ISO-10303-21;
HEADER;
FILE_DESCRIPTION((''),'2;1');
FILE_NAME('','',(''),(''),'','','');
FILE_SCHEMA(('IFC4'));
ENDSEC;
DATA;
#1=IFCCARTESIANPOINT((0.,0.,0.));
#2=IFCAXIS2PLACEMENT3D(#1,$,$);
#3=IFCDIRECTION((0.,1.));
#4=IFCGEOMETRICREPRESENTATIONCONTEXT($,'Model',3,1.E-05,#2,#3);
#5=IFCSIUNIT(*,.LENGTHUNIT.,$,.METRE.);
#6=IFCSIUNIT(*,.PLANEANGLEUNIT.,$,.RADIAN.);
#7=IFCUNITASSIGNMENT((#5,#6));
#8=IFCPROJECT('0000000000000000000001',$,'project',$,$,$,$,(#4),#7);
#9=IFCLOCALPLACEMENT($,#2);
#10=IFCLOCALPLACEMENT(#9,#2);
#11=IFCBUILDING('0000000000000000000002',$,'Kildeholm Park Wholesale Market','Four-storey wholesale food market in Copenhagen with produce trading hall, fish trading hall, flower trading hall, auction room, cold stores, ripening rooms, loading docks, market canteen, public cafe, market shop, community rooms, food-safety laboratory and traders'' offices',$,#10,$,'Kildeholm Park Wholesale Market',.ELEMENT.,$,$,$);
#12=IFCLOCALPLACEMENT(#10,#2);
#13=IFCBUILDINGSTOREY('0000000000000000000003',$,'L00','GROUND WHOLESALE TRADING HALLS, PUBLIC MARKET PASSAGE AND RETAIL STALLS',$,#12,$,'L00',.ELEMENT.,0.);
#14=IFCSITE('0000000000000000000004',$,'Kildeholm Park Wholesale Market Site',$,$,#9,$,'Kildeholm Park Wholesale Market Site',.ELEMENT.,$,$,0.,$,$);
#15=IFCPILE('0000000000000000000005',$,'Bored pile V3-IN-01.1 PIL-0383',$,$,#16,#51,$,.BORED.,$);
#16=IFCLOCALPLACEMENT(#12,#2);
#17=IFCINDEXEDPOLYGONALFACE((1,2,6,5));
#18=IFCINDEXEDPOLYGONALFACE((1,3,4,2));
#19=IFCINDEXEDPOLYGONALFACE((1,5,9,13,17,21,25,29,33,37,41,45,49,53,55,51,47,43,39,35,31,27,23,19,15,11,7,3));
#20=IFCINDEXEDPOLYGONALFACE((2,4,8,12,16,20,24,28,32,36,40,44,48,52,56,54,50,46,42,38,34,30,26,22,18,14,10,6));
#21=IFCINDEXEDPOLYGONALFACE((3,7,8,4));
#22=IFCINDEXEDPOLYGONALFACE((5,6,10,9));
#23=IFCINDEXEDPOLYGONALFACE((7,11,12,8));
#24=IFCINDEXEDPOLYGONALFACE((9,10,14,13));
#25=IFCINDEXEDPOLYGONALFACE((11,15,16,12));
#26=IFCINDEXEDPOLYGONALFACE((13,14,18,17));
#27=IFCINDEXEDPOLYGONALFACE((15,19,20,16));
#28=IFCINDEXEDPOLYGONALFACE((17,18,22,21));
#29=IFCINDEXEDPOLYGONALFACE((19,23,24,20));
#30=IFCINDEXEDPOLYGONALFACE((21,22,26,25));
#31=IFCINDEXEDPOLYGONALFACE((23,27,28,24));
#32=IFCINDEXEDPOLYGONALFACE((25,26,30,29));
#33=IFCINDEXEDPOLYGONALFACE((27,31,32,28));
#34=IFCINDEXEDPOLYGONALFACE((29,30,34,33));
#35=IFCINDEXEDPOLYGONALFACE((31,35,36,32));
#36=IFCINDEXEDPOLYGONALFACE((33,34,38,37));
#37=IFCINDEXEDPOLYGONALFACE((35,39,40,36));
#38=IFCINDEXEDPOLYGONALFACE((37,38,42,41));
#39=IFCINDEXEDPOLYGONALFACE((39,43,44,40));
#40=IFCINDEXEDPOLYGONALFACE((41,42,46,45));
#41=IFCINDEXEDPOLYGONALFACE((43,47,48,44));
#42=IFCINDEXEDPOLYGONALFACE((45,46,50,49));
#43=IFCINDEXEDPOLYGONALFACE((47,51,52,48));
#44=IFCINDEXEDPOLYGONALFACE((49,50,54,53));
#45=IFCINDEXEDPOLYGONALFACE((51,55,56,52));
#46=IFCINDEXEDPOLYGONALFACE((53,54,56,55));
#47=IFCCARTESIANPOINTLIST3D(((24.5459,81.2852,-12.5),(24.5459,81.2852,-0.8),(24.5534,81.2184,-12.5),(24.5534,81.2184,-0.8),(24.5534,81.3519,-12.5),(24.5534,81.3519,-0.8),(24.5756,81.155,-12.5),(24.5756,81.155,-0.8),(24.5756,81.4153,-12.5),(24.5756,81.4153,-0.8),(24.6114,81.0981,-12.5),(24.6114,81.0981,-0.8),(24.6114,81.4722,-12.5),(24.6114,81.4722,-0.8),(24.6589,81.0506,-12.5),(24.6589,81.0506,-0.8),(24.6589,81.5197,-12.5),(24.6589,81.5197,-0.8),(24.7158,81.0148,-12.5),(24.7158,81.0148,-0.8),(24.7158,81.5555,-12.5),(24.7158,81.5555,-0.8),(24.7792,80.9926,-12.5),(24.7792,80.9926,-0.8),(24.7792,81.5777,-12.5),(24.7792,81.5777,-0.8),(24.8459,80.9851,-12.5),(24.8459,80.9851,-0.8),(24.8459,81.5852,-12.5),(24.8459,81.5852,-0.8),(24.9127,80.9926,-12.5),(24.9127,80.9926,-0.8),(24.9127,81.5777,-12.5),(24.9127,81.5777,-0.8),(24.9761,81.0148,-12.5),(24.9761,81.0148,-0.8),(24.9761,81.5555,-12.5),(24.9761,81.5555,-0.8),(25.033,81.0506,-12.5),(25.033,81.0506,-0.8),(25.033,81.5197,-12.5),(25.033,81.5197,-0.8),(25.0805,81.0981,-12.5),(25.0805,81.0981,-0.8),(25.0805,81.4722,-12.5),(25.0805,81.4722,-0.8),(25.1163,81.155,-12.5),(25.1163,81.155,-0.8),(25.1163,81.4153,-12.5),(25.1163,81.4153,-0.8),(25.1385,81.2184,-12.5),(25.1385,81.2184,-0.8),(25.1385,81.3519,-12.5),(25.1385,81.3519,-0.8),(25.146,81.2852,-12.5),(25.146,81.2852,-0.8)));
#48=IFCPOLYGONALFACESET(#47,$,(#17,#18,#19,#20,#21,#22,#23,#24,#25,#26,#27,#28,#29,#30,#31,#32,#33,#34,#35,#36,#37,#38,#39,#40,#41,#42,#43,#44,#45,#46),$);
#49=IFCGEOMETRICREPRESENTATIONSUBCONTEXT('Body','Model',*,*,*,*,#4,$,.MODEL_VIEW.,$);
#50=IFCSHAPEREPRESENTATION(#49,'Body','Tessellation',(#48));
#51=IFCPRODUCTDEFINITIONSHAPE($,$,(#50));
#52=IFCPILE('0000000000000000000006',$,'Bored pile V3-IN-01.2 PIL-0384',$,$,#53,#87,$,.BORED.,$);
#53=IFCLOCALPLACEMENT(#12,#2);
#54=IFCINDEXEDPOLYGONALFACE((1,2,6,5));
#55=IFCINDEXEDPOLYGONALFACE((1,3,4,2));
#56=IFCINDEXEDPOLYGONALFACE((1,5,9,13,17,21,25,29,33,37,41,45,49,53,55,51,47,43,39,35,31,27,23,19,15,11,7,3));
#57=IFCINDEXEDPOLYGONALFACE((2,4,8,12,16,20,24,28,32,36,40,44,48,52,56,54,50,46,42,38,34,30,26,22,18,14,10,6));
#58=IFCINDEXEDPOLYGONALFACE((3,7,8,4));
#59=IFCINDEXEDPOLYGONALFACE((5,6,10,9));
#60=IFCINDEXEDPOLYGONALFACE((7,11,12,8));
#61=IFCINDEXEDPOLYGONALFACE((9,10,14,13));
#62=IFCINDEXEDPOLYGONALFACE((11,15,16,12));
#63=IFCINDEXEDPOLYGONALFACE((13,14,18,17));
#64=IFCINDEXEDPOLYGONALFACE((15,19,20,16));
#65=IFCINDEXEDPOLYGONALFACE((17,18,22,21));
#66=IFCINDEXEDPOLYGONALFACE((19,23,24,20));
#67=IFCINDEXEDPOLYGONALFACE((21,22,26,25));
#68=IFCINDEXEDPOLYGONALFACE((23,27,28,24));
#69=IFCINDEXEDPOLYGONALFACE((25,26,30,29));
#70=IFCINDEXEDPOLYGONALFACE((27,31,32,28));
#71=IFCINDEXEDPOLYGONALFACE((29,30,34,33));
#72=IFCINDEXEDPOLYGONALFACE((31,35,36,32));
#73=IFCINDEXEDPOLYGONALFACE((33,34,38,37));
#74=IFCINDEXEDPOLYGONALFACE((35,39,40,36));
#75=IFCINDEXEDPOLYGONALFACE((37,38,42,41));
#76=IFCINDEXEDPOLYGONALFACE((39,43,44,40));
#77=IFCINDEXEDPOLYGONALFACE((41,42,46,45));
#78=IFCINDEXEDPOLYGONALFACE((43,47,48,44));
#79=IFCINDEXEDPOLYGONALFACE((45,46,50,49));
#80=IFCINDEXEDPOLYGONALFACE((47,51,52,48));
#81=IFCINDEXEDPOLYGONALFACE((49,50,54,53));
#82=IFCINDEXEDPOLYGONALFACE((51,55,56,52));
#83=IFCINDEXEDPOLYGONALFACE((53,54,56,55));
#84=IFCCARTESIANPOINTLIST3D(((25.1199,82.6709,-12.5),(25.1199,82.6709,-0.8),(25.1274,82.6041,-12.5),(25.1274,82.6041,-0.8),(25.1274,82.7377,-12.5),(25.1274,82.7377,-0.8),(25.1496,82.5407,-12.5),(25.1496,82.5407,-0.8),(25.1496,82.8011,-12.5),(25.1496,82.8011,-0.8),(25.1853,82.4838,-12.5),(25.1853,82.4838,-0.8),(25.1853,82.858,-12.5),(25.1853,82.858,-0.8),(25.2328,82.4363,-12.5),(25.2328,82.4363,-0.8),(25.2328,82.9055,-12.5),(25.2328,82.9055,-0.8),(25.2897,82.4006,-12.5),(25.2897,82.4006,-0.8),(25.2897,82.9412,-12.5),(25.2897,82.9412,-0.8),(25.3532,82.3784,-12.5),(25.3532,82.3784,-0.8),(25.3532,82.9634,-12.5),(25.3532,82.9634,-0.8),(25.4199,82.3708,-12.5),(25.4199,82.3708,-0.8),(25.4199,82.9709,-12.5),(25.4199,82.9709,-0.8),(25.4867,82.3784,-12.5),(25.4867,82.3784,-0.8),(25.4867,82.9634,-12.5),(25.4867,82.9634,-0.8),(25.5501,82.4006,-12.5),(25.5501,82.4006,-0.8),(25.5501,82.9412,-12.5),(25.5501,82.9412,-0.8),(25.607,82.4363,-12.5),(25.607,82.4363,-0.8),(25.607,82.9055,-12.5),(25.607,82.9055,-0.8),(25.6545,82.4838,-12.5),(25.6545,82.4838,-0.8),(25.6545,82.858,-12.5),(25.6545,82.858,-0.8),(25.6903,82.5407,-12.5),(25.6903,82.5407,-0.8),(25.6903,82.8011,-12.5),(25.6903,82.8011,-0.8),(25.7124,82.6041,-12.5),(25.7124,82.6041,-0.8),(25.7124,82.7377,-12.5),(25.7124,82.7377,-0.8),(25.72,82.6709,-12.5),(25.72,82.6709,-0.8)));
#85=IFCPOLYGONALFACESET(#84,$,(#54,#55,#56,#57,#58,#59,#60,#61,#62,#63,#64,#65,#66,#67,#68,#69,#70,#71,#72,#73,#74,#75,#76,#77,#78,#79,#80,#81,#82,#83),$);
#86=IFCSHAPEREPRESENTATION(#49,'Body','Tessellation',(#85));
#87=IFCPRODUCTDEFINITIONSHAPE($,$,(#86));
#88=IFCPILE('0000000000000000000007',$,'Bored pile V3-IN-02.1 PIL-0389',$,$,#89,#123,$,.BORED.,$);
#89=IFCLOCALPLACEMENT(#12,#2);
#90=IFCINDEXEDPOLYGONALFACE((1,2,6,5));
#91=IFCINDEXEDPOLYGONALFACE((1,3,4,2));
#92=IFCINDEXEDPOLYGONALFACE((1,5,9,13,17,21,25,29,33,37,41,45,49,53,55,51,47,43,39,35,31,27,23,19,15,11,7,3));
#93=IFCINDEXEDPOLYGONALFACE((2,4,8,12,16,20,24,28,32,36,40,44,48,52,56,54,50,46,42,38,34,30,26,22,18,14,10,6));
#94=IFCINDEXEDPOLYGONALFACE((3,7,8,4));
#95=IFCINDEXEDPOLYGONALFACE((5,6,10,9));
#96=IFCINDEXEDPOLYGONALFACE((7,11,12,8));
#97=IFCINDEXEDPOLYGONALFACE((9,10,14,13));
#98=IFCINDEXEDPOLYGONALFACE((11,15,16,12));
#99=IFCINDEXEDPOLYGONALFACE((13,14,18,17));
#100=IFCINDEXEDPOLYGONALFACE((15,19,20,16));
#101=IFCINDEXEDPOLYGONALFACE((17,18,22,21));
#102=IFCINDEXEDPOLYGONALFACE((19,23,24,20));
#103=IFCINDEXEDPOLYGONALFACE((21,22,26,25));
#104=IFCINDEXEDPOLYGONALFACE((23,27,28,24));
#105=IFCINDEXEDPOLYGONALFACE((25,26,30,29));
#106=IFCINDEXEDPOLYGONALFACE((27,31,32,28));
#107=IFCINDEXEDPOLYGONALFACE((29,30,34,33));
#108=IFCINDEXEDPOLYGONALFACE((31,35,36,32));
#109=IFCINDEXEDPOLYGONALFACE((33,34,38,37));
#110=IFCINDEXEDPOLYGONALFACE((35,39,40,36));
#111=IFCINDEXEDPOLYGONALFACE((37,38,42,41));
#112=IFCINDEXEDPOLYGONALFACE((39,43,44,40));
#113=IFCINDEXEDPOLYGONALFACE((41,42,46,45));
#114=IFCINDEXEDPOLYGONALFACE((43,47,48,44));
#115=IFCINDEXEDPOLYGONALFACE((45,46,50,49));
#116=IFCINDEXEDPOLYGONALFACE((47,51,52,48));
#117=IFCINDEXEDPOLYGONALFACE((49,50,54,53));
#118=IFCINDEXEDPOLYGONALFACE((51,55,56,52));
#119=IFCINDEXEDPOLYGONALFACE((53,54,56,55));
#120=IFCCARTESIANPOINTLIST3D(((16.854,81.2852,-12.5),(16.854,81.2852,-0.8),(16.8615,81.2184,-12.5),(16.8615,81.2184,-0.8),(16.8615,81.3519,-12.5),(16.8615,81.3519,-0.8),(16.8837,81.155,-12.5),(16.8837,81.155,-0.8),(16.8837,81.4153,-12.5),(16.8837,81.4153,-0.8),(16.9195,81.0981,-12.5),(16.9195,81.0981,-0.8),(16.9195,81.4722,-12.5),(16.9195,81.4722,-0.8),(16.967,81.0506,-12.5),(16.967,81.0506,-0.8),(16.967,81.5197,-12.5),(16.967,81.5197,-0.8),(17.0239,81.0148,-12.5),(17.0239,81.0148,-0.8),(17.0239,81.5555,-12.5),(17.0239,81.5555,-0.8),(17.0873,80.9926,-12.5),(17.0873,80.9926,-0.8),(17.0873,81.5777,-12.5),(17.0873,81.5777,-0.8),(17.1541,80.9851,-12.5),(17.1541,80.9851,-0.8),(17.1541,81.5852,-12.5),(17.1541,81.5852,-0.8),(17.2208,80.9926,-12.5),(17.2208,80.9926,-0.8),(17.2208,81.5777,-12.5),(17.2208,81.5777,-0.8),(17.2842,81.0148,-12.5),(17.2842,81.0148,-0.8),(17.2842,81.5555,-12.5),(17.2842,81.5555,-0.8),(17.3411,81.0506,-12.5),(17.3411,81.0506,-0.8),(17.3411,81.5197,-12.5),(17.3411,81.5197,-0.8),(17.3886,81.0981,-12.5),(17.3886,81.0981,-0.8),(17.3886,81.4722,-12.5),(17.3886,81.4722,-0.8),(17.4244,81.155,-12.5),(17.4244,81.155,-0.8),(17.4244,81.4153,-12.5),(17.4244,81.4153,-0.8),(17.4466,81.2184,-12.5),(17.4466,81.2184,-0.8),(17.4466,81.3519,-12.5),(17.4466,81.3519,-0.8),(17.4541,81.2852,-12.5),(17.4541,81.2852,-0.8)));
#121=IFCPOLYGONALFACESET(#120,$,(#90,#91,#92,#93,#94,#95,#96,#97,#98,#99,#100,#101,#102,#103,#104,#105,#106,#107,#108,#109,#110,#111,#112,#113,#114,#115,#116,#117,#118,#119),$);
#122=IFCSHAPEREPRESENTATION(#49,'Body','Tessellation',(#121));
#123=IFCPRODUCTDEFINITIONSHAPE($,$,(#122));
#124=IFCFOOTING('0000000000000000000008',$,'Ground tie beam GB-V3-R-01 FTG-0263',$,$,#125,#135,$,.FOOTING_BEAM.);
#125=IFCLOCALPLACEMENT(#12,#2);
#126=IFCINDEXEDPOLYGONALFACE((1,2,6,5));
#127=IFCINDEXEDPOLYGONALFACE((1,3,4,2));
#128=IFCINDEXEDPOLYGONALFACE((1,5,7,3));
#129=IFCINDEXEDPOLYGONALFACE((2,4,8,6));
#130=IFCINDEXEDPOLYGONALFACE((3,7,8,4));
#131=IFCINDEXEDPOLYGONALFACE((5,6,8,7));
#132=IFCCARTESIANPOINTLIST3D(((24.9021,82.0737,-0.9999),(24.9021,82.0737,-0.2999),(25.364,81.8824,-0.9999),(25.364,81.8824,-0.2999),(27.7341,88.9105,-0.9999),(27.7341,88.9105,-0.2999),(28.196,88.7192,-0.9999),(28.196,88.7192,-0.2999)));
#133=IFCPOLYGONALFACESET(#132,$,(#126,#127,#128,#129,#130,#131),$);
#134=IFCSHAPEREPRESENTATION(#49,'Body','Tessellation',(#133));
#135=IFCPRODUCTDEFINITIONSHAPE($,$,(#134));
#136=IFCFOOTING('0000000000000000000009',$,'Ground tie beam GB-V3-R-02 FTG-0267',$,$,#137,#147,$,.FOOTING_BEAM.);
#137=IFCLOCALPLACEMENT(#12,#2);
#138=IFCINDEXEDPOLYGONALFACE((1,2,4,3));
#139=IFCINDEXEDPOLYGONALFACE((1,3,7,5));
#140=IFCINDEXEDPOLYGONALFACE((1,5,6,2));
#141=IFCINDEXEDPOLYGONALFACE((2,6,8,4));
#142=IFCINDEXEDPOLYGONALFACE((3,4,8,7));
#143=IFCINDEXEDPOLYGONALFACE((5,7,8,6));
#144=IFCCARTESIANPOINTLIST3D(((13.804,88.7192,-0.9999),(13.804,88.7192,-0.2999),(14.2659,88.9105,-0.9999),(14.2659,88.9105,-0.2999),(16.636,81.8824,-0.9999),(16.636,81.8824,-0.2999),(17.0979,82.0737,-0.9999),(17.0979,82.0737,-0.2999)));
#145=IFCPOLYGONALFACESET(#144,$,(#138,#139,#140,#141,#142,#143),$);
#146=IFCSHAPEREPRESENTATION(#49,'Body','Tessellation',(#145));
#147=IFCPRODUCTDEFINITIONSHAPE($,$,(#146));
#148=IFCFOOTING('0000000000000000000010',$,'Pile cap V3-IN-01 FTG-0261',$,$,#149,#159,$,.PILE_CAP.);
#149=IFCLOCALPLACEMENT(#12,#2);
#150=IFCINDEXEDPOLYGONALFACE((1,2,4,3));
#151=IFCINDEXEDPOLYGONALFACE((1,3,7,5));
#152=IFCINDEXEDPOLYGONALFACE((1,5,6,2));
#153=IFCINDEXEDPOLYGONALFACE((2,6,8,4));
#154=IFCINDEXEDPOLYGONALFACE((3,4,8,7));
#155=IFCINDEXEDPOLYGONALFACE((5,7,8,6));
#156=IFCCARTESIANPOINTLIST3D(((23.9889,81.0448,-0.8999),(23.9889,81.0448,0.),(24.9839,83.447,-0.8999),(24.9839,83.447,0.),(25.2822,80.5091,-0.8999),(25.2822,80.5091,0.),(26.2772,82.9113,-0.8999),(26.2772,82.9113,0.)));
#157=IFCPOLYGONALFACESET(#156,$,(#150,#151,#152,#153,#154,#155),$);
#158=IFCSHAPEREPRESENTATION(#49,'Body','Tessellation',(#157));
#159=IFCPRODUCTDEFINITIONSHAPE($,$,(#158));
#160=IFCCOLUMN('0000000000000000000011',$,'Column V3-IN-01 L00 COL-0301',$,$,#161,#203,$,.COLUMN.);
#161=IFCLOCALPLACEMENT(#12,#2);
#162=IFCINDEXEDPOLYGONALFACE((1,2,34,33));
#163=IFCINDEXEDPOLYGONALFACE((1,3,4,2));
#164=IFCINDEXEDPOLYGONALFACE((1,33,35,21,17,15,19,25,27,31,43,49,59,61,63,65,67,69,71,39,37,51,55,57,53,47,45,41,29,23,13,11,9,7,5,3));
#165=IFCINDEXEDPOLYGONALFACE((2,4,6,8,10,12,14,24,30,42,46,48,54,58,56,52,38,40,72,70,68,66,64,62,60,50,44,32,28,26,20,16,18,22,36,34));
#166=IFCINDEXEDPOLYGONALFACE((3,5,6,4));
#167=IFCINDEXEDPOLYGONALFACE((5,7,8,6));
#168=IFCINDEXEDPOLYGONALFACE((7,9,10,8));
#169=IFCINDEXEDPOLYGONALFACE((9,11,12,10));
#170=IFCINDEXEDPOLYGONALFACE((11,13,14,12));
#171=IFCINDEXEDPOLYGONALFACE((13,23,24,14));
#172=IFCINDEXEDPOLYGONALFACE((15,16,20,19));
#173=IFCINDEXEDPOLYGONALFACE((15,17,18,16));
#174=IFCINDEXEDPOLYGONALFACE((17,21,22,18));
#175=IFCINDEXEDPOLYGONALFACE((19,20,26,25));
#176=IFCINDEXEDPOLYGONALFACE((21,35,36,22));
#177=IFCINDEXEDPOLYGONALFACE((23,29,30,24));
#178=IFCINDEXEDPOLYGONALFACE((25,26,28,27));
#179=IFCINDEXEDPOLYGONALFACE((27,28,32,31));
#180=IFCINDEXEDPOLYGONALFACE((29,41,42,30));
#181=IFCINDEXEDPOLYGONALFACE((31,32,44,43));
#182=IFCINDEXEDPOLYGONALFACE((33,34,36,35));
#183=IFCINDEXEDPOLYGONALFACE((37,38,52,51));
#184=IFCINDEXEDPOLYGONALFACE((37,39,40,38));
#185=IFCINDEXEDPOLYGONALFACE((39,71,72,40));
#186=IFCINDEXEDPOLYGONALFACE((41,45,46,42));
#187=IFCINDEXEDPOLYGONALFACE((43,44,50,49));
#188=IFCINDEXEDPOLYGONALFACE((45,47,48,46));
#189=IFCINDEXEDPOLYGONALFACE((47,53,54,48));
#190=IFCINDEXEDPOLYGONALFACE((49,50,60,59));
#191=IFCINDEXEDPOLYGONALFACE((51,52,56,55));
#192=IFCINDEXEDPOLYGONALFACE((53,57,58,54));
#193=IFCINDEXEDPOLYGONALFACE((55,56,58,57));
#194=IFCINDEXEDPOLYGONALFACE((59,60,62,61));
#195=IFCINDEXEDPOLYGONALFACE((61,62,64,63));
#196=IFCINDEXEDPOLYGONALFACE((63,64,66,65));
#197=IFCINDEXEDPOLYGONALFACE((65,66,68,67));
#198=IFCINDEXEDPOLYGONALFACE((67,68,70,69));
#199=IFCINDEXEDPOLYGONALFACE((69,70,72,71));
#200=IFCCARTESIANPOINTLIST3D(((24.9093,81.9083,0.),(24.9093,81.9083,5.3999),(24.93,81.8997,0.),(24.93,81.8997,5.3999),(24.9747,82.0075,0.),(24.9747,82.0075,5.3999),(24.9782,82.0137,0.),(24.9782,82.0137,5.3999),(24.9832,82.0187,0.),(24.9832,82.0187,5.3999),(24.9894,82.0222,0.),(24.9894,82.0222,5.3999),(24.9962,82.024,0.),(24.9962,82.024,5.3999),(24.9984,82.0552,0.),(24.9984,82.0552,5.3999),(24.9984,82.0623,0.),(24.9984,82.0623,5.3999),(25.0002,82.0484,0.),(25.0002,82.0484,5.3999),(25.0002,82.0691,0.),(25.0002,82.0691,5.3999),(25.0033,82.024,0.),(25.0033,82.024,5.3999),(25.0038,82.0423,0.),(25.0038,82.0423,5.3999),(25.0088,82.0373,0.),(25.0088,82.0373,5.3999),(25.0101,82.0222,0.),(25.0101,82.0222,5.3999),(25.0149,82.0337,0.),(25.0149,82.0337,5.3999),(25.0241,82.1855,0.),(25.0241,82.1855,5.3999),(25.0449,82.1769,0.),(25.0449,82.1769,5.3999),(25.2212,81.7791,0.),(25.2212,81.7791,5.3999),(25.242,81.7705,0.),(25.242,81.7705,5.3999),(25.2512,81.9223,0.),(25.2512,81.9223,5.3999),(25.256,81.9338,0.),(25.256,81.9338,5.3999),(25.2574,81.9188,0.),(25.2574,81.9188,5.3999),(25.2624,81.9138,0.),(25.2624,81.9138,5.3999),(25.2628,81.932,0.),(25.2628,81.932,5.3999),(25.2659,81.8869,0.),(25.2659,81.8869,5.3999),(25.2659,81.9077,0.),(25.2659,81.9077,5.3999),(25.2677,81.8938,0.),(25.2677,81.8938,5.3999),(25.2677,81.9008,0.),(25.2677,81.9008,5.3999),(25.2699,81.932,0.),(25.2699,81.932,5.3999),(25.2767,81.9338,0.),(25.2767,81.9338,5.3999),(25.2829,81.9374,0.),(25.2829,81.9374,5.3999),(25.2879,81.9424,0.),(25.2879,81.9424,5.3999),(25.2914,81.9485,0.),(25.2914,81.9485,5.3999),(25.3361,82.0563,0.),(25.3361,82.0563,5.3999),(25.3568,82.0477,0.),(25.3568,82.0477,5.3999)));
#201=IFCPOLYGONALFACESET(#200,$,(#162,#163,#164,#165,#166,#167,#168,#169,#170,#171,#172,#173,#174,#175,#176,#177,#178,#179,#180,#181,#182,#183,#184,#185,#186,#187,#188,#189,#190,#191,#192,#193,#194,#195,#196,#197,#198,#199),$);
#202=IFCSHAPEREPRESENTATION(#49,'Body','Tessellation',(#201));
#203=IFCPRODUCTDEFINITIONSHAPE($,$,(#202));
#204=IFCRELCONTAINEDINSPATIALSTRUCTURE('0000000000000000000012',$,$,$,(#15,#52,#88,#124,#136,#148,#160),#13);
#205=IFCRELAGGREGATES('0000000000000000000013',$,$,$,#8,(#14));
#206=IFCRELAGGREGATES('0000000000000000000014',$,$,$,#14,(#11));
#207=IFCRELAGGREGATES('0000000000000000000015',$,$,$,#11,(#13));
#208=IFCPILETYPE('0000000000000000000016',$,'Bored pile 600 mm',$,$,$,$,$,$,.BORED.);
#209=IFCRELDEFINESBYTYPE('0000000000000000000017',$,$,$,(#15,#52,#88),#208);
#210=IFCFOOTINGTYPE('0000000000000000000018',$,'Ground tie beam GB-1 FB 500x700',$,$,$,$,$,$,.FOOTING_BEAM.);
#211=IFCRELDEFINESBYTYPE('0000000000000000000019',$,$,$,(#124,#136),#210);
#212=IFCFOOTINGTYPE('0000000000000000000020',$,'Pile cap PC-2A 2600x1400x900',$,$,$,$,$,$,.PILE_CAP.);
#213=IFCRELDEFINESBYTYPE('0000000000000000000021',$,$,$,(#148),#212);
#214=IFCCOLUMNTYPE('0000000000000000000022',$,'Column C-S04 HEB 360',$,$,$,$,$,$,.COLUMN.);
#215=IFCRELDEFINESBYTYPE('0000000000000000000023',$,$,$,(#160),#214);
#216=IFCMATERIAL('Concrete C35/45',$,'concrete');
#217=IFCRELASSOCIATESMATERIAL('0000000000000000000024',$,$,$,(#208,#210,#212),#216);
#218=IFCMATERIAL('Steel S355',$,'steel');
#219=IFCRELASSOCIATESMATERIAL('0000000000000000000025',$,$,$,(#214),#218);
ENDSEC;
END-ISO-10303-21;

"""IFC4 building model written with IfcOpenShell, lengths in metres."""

from ifc_helpers import new_model, si_unit, direction, frame, origin, origin_2d, place, context, subcontext, project, spatial, rectangle, circle, i_section, extrude, material, material_profile, profile_set, type_object, element, save


model = new_model("IFC4")

# Units and contexts
model_context = context("Model", 3, precision=1e-05, world=origin(), true_north=direction((0.0, 1.0)))
body_context = subcontext(model_context, "Body", "Model", "MODEL_VIEW")
ifc_project = project(units=[si_unit("LENGTHUNIT", "METRE"), si_unit("PLANEANGLEUNIT", "RADIAN")], contexts=[model_context])

# Site, building, storey
site_placement = place(None, origin())
site = spatial("IfcSite", under=ifc_project, at=site_placement, Name="Kildeholm Park Wholesale Market Site", LongName="Kildeholm Park Wholesale Market Site", CompositionType="ELEMENT", RefElevation=0.0)
building_placement = place(site_placement, origin())
building = spatial("IfcBuilding", under=site, at=building_placement, Name="Kildeholm Park Wholesale Market", Description="Four-storey wholesale food market in Copenhagen with produce trading hall, fish trading hall, flower trading hall, auction room, cold stores, ripening rooms, loading docks, market canteen, public cafe, market shop, community rooms, food-safety laboratory and traders' offices", LongName="Kildeholm Park Wholesale Market", CompositionType="ELEMENT")
storey_placement = place(building_placement, origin())
storey = spatial("IfcBuildingStorey", under=building, at=storey_placement, Name="L00", Description="GROUND WHOLESALE TRADING HALLS, PUBLIC MARKET PASSAGE AND RETAIL STALLS", LongName="L00", CompositionType="ELEMENT", Elevation=0.0)

# Piles
ifc_material_1 = material(Name="Concrete C35/45", Category="concrete")
ifc_material_profile_1 = material_profile(ifc_material_1, circle(Radius=0.3, at=origin_2d()), Name="PILE D600")
ifc_profile_set_1 = profile_set([ifc_material_profile_1], Name="Concrete C35/45")
pile_type = type_object("IfcPileType", Name="Bored pile 600 mm", PredefinedType="BORED", material=ifc_profile_set_1)
for number, where, z_axis, x_axis, name in (
    (1, (24.8459, 81.2852, -0.8), (0.0, 0.0, -1.0), (1.0, 0.0, 0.0), "Bored pile V3-IN-01.1 PIL-0383"),
    (2, (25.4199, 82.6709, -0.8), (0.0, 0.0, -1.0), (1.0, 0.0, 0.0), "Bored pile V3-IN-01.2 PIL-0384"),
    (3, (17.1541, 81.2852, -0.8), (0.0, 0.0, -1.0), (1.0, 0.0, 0.0), "Bored pile V3-IN-02.1 PIL-0389"),
):
    element("IfcPile", number, at=place(storey_placement, frame(where, z_axis=z_axis, x_axis=x_axis)), inside=storey, type_object=pile_type, Name=name, PredefinedType="BORED", context=body_context, shape_type="SweptSolid", body=[
        extrude(circle(Radius=0.3, at=origin_2d()), origin(), (0.0, 0.0, 1.0), 11.7),
    ])

# Footings
ifc_material_profile_2 = material_profile(ifc_material_1, rectangle(XDim=0.5, YDim=0.7, at=origin_2d()), Name="FB 500x700")
ifc_profile_set_2 = profile_set([ifc_material_profile_2], Name="Concrete C35/45")
footing_type_1 = type_object("IfcFootingType", Name="Ground tie beam GB-1 FB 500x700", PredefinedType="FOOTING_BEAM", material=ifc_profile_set_2)
for number, where, z_axis, x_axis, name in (
    (4, (25.1331, 81.978, -0.6499), (0.382694, 0.923875, 0.0), (-0.923875, 0.382694, 0.0), "Ground tie beam GB-V3-R-01 FTG-0263"),
    (5, (16.8669, 81.978, -0.6499), (-0.382694, 0.923875, 0.0), (-0.923875, -0.382694, 0.0), "Ground tie beam GB-V3-R-02 FTG-0267"),
):
    element("IfcFooting", number, at=place(storey_placement, frame(where, z_axis=z_axis, x_axis=x_axis)), inside=storey, type_object=footing_type_1, Name=name, PredefinedType="FOOTING_BEAM", context=body_context, shape_type="SweptSolid", body=[
        extrude(rectangle(XDim=0.5, YDim=0.7, at=origin_2d()), origin(), (0.0, 0.0, 1.0), 7.4001),
    ])
footing_type_2 = type_object("IfcFootingType", Name="Pile cap PC-2A 2600x1400x900", PredefinedType="PILE_CAP", material=ifc_material_1)
footing_placement = place(storey_placement, frame((25.1331, 81.978, -0.8999), z_axis=(0.0, 0.0, 1.0), x_axis=(0.382683, 0.92388, 0.0)))
element("IfcFooting", 6, at=footing_placement, inside=storey, type_object=footing_type_2, Name="Pile cap V3-IN-01 FTG-0261", PredefinedType="PILE_CAP", context=body_context, shape_type="SweptSolid", body=[
    extrude(rectangle(XDim=2.6001, YDim=1.3999, at=origin_2d()), origin(), (0.0, 0.0, 1.0), 0.8999),
])

# Column
ifc_material_2 = material(Name="Steel S355", Category="steel")
ifc_material_profile_3 = material_profile(ifc_material_2, i_section(OverallWidth=0.3, OverallDepth=0.3601, WebThickness=0.0125, FlangeThickness=0.0225, FilletRadius=0.0271, at=origin_2d()), Name="HEB 360")
ifc_profile_set_3 = profile_set([ifc_material_profile_3], Name="Steel S355")
column_type = type_object("IfcColumnType", Name="Column C-S04 HEB 360", PredefinedType="COLUMN", material=ifc_profile_set_3)
for number, where, z_axis, x_axis, name in (
    (7, (25.1331, 81.978, 0.0), (0.0, 0.0, 1.0), (0.382683, 0.92388, 0.0), "Column V3-IN-01 L00 COL-0301"),
):
    element("IfcColumn", number, at=place(storey_placement, frame(where, z_axis=z_axis, x_axis=x_axis)), inside=storey, type_object=column_type, Name=name, PredefinedType="COLUMN", context=body_context, shape_type="SweptSolid", body=[
        extrude(i_section(OverallWidth=0.3, OverallDepth=0.3601, WebThickness=0.0125, FlangeThickness=0.0225, FilletRadius=0.0271, at=origin_2d()), origin(), (0.0, 0.0, 1.0), 5.3999),
    ])

save(model, "model.ifc")
